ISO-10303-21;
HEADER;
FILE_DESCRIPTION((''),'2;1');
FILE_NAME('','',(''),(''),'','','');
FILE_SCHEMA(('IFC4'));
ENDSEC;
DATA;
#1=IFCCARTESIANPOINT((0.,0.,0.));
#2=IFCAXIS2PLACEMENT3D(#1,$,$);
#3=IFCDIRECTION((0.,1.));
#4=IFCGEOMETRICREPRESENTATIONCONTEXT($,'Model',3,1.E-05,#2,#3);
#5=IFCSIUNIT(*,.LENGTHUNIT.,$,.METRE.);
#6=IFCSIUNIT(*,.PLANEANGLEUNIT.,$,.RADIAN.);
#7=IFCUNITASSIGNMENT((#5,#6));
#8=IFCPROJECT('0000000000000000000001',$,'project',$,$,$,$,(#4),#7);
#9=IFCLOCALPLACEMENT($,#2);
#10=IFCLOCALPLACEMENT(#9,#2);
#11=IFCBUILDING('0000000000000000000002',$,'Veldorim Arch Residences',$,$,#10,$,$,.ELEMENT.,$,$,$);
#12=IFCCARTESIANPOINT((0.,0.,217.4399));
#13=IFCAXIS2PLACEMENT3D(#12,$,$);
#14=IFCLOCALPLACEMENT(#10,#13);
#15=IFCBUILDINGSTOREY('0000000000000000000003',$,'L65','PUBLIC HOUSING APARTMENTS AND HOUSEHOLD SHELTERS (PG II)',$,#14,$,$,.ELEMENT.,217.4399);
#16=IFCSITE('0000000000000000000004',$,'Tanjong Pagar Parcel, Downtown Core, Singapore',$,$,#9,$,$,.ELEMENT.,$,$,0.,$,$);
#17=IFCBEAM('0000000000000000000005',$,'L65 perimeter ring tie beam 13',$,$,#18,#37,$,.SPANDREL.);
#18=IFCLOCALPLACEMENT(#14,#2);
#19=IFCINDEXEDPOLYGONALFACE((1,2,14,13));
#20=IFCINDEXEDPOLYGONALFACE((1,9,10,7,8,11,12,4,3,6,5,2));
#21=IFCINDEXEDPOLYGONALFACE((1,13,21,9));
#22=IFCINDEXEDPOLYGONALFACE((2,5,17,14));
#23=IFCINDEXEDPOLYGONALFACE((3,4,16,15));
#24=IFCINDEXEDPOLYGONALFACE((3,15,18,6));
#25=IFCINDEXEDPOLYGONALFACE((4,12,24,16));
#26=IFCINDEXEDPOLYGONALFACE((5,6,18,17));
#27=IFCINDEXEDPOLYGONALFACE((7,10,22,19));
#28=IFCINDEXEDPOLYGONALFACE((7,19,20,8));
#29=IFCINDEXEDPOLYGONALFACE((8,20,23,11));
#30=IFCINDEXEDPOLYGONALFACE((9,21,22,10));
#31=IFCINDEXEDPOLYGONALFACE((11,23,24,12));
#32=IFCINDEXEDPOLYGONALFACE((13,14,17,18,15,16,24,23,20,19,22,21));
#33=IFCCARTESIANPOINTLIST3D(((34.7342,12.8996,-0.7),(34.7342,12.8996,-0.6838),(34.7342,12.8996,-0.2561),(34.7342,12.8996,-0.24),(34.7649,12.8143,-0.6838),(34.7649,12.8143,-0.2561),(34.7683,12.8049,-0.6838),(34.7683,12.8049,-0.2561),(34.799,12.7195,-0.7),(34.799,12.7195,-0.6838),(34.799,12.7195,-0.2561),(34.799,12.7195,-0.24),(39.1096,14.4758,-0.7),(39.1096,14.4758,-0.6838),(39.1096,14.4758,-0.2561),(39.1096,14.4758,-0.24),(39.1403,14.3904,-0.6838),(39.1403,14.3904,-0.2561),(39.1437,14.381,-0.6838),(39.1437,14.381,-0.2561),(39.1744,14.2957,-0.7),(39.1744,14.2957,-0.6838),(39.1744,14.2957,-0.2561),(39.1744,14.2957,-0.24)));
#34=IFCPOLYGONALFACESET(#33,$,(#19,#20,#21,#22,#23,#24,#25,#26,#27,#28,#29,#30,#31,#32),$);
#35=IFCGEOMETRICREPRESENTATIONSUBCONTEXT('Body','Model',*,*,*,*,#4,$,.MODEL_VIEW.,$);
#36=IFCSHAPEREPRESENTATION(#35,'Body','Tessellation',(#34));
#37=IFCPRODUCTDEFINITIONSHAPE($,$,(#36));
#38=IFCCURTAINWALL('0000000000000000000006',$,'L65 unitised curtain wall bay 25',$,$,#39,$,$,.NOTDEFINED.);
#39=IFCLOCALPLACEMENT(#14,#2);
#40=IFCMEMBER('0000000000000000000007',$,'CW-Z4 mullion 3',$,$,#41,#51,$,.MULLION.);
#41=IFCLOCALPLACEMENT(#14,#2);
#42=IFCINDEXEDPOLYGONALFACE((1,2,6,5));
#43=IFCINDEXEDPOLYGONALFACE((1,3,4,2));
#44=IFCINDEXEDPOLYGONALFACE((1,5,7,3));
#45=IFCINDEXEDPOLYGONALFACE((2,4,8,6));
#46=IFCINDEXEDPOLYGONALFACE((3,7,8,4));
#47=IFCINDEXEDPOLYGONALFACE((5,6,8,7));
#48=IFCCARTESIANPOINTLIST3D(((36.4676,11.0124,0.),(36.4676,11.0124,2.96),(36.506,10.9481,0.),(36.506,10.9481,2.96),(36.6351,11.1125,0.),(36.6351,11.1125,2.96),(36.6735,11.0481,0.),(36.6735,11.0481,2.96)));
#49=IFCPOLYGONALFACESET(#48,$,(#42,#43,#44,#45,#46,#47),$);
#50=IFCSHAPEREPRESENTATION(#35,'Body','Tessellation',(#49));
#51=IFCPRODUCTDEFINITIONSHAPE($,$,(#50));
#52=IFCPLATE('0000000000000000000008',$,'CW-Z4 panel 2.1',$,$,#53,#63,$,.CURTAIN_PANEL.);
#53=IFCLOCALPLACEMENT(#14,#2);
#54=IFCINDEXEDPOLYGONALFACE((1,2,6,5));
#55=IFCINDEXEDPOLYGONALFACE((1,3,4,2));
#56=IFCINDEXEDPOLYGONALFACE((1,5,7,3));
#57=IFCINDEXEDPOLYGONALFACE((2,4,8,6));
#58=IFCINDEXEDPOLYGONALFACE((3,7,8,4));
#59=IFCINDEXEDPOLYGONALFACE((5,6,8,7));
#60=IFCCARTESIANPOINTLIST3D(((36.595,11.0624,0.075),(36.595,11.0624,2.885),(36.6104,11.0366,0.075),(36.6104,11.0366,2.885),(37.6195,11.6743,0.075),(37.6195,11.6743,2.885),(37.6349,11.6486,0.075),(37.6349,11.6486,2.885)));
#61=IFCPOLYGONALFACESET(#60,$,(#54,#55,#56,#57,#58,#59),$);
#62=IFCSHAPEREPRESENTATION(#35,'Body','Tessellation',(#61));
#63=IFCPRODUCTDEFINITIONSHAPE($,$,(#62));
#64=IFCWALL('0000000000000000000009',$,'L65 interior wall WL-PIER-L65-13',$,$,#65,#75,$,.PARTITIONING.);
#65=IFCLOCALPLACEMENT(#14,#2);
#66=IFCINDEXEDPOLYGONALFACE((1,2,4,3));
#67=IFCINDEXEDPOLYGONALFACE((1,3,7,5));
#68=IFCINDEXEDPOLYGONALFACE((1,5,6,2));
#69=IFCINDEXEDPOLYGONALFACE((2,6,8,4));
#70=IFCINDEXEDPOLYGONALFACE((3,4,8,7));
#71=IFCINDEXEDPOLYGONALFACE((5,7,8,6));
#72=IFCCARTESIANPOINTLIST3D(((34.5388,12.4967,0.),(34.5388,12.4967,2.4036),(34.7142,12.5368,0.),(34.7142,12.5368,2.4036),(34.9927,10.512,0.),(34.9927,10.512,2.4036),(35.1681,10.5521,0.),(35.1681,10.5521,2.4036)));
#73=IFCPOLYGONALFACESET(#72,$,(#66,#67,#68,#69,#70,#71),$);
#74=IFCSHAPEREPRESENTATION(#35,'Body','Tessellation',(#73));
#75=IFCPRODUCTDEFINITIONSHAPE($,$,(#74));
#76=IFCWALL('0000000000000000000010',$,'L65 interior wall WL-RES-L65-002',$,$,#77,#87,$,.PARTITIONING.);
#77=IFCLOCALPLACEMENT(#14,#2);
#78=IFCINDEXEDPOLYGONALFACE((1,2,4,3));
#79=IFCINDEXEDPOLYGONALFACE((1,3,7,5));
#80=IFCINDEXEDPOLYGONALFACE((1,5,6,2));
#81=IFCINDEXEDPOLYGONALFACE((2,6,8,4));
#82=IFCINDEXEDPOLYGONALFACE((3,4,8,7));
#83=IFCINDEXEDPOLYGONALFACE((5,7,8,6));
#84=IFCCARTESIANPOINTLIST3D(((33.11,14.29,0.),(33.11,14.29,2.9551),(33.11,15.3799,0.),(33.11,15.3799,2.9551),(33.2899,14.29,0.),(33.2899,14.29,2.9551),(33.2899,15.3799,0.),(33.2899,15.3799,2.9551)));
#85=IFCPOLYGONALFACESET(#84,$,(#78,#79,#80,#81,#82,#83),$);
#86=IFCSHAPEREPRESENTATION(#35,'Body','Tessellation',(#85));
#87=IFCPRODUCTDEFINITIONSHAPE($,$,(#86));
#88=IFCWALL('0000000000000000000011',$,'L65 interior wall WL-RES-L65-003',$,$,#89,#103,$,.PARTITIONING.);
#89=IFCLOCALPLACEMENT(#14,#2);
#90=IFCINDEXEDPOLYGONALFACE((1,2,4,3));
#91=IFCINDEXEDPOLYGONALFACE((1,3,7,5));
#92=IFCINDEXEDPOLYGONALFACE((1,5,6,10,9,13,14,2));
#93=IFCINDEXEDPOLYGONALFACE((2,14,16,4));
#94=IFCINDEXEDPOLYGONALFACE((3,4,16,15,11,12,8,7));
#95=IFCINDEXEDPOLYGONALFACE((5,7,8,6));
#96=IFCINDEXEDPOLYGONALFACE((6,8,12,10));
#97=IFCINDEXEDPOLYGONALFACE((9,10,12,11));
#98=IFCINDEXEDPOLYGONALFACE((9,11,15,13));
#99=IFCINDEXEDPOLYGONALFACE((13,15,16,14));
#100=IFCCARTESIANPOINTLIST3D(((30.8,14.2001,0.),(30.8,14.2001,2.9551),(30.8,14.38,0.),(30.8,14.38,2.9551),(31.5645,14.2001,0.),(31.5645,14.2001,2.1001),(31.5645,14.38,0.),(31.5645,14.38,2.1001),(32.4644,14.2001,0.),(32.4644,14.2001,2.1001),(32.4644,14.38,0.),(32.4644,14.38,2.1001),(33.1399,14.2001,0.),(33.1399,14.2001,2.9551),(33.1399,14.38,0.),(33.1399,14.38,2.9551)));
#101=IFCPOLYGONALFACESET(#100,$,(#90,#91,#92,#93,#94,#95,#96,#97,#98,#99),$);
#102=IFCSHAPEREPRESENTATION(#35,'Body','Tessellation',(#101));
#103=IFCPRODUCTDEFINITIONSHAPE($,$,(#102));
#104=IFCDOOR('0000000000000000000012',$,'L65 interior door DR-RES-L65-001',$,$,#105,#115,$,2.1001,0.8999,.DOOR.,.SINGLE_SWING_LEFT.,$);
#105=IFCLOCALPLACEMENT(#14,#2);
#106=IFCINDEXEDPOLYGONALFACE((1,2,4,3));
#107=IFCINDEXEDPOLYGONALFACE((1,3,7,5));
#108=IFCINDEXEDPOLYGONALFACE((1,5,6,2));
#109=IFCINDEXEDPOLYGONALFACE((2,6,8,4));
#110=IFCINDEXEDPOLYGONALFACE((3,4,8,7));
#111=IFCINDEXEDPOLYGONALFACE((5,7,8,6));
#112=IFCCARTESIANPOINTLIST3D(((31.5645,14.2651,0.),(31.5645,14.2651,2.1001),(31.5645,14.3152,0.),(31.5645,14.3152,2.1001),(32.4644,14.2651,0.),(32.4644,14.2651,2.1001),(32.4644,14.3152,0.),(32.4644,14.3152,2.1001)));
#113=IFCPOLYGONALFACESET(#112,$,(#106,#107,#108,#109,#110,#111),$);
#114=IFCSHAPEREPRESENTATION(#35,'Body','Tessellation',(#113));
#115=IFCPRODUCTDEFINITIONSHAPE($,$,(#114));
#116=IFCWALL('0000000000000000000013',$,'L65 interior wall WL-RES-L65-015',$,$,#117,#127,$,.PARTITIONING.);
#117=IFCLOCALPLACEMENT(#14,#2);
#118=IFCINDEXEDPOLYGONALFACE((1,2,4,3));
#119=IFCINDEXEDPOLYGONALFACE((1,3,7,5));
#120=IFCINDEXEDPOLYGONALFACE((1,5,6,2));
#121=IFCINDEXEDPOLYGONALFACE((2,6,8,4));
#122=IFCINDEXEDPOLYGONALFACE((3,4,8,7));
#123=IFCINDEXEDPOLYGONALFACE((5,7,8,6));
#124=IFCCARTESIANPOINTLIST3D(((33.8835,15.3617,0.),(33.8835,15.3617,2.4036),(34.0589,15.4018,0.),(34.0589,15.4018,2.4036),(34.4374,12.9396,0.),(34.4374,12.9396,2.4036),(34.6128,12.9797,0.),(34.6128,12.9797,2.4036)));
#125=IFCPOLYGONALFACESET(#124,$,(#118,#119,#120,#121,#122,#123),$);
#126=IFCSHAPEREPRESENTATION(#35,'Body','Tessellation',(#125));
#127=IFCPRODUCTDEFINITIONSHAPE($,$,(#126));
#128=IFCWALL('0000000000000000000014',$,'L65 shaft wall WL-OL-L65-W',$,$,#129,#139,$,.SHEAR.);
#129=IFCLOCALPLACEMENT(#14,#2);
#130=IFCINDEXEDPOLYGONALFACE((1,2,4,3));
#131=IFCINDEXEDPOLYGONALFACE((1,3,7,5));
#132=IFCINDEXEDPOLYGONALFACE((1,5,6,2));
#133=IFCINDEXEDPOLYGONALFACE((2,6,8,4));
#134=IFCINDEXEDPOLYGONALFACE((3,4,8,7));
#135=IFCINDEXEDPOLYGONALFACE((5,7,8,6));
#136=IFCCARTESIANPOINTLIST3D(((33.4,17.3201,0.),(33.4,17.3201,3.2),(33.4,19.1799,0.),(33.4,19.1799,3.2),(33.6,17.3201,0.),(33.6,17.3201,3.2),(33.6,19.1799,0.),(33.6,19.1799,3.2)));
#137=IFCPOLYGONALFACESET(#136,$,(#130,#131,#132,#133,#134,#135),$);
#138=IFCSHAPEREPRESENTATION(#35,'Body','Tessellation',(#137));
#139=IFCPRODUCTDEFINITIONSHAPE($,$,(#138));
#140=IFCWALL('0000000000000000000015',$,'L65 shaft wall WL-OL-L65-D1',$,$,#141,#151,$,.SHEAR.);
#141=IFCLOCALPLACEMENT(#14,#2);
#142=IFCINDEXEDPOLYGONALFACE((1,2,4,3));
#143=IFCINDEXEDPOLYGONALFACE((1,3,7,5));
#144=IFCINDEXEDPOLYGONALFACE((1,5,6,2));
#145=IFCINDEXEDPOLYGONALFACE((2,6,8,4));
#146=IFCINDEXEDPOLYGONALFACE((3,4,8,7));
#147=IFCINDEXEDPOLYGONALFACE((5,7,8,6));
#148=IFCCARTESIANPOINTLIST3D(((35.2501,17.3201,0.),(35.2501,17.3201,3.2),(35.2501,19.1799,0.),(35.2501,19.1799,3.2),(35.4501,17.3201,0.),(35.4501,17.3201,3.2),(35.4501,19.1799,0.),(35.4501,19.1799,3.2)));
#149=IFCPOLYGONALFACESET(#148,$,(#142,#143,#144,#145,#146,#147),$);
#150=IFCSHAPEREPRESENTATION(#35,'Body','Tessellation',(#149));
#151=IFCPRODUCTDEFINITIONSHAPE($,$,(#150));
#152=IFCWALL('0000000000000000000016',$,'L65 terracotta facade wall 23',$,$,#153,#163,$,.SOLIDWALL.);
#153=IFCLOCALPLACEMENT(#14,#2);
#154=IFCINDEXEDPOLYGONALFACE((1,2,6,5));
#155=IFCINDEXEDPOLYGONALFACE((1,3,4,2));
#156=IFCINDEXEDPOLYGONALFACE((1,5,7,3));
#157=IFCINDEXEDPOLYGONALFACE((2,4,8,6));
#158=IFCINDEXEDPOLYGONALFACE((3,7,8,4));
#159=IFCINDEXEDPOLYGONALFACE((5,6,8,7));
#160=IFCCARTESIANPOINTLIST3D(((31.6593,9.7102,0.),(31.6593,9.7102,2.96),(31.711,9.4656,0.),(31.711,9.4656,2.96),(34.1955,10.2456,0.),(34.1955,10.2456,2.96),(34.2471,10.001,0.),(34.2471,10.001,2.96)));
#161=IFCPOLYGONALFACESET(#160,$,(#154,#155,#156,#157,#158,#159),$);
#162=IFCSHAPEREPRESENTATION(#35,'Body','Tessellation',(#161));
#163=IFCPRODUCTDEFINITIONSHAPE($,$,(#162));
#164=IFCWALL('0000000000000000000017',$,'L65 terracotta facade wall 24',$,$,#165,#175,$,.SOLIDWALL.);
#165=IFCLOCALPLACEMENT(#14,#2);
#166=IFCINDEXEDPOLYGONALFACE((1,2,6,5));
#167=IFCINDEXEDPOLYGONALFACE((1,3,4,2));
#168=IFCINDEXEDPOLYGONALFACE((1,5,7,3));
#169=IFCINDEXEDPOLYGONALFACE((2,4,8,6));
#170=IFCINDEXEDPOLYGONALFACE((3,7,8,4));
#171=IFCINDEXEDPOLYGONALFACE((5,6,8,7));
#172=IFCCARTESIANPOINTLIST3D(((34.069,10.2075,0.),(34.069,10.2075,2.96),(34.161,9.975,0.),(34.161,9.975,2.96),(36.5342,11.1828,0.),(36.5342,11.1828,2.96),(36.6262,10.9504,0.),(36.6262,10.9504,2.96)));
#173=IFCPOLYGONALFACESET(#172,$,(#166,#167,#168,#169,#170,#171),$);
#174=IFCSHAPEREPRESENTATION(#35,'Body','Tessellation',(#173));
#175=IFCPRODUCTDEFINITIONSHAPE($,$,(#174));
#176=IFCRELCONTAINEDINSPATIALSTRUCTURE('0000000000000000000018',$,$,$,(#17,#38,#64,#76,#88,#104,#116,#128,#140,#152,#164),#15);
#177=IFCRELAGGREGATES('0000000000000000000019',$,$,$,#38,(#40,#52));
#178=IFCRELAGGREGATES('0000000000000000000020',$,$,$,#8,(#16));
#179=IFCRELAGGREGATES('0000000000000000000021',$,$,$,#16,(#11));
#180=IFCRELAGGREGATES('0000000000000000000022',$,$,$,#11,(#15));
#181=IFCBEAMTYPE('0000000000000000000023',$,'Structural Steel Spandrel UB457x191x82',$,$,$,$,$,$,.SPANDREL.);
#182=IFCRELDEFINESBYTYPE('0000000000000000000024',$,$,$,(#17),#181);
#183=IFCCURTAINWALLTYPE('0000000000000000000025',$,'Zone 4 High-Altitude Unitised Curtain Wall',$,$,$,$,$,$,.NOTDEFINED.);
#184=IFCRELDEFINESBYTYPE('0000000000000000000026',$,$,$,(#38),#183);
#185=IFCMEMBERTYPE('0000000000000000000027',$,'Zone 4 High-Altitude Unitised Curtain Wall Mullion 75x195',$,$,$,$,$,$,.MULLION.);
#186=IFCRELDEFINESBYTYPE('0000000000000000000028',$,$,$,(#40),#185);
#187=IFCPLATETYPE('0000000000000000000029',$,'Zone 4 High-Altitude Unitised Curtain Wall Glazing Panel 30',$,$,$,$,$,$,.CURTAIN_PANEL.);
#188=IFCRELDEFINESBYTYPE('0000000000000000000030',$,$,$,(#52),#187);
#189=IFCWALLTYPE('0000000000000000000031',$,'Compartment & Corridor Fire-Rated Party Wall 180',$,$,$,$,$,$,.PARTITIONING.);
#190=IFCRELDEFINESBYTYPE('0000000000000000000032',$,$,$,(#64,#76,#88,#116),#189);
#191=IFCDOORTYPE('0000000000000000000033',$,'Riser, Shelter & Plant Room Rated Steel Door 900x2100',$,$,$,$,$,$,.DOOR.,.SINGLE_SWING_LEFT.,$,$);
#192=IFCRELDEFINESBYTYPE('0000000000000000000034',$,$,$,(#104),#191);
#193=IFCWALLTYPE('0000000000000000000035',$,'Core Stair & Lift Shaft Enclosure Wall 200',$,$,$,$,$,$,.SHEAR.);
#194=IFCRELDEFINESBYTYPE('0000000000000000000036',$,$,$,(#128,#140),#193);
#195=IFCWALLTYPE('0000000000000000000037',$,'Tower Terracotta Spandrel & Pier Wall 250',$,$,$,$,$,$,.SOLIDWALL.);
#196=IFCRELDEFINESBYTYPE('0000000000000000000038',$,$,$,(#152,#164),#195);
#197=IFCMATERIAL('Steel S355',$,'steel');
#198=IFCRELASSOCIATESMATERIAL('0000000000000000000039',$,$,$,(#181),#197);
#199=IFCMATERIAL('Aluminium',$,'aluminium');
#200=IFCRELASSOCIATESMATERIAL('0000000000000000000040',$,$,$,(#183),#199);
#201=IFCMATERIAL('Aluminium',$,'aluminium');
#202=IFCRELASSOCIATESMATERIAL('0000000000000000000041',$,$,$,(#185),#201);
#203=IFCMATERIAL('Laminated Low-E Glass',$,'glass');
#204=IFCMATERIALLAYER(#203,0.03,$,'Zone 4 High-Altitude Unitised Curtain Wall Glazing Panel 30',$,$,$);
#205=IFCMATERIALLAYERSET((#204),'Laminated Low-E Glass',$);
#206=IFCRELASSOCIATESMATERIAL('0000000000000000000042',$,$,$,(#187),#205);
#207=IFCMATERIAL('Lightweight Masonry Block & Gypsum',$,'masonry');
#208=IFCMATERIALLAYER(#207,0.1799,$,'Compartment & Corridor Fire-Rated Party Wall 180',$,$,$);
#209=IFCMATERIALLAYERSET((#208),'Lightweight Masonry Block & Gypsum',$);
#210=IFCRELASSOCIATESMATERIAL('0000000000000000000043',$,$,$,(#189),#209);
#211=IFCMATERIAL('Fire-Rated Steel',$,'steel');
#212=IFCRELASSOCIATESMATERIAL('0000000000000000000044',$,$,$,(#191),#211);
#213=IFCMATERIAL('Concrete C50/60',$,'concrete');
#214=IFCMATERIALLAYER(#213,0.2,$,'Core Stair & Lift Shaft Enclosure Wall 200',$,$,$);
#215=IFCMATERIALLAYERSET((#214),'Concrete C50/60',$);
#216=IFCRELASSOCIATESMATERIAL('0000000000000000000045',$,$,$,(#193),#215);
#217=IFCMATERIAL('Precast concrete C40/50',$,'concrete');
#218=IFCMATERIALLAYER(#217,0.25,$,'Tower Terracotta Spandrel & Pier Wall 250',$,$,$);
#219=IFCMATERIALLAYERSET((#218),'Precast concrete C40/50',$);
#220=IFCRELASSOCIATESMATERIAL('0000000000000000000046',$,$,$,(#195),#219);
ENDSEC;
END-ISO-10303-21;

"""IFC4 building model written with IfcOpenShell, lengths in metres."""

from ifc_helpers import new_model, si_unit, direction, frame, frame_2d, origin, origin_2d, place, context, subcontext, project, spatial, rectangle, i_section, extrude, material, layer, layer_set, material_profile, profile_set, type_object, element, fill, aggregate, save


model = new_model("IFC4")

# Units and contexts
model_context = context("Model", 3, precision=1e-05, world=origin(), true_north=direction((0.0, 1.0)))
body_context = subcontext(model_context, "Body", "Model", "MODEL_VIEW")
ifc_project = project(units=[si_unit("LENGTHUNIT", "METRE"), si_unit("PLANEANGLEUNIT", "RADIAN")], contexts=[model_context])

# Site, building, storey
site_placement = place(None, origin())
site = spatial("IfcSite", under=ifc_project, at=site_placement, Name="Tanjong Pagar Parcel, Downtown Core, Singapore", CompositionType="ELEMENT", RefElevation=0.0)
building_placement = place(site_placement, origin())
building = spatial("IfcBuilding", under=site, at=building_placement, Name="Veldorim Arch Residences", CompositionType="ELEMENT")
storey_placement = place(building_placement, frame((0.0, 0.0, 217.4399)))
storey = spatial("IfcBuildingStorey", under=building, at=storey_placement, Name="L65", Description="PUBLIC HOUSING APARTMENTS AND HOUSEHOLD SHELTERS (PG II)", CompositionType="ELEMENT", Elevation=217.4399)

# Beam
ifc_material_1 = material(Name="Steel S355", Category="steel")
ifc_material_profile_1 = material_profile(ifc_material_1, i_section(OverallWidth=0.1914, OverallDepth=0.46, WebThickness=0.01, FlangeThickness=0.0161, at=origin_2d()), Name="UB457x191x82")
ifc_profile_set_1 = profile_set([ifc_material_profile_1], Name="Steel S355")
beam_type_1 = type_object("IfcBeamType", Name="Structural Steel Spandrel UB457x191x82", PredefinedType="SPANDREL", material=ifc_profile_set_1)
beam_1_placement = place(storey_placement, frame((34.7666, 12.8096, -0.47), z_axis=(0.940819, 0.338909, 0.0), x_axis=(-0.338909, 0.940819, 0.0)))
element("IfcBeam", 1, at=beam_1_placement, inside=storey, type_object=beam_type_1, Name="L65 perimeter ring tie beam 13", PredefinedType="SPANDREL", context=body_context, shape_type="SweptSolid", body=[
    extrude(i_section(OverallWidth=0.1914, OverallDepth=0.46, WebThickness=0.01, FlangeThickness=0.0161, at=origin_2d()), origin(), (0.0, 0.0, 1.0), 4.6506),
])

# Curtain wall, member, plate
ifc_material_2 = material(Name="Aluminium", Category="aluminium")
curtain_wall_type = type_object("IfcCurtainWallType", Name="Zone 4 High-Altitude Unitised Curtain Wall", PredefinedType="NOTDEFINED", material=ifc_material_2)
curtain_wall_placement = place(storey_placement, origin())
curtain_wall = element("IfcCurtainWall", 2, at=curtain_wall_placement, inside=storey, type_object=curtain_wall_type, Name="L65 unitised curtain wall bay 25", PredefinedType="NOTDEFINED")
ifc_material_3 = material(Name="Aluminium", Category="aluminium")
ifc_material_profile_2 = material_profile(ifc_material_3, rectangle(XDim=0.075, YDim=0.1951, at=origin_2d()), Name="ALU_MUL_75x195")
ifc_profile_set_2 = profile_set([ifc_material_profile_2], Name="Aluminium")
member_type = type_object("IfcMemberType", Name="Zone 4 High-Altitude Unitised Curtain Wall Mullion 75x195", PredefinedType="MULLION", material=ifc_profile_set_2)
member_placement = place(storey_placement, frame((36.5706, 11.0303, 0.0), z_axis=(0.0, 0.0, 1.0), x_axis=(0.512817, -0.858498, 0.0)))
member = element("IfcMember", 3, at=member_placement, type_object=member_type, Name="CW-Z4 mullion 3", PredefinedType="MULLION", context=body_context, shape_type="SweptSolid", body=[
    extrude(rectangle(XDim=0.075, YDim=0.1951, at=origin_2d()), origin(), (0.0, 0.0, 1.0), 2.96),
])
ifc_material_4 = material(Name="Laminated Low-E Glass", Category="glass")
ifc_layer_1 = layer(ifc_material_4, 0.03, Name="Zone 4 High-Altitude Unitised Curtain Wall Glazing Panel 30")
ifc_layer_set_1 = layer_set([ifc_layer_1], Name="Laminated Low-E Glass")
plate_type = type_object("IfcPlateType", Name="Zone 4 High-Altitude Unitised Curtain Wall Glazing Panel 30", PredefinedType="CURTAIN_PANEL", material=ifc_layer_set_1)
plate_placement = place(storey_placement, frame((37.115, 11.3555, 0.075), z_axis=(0.0, 0.0, 1.0), x_axis=(-0.858498, -0.512817, 0.0)))
plate = element("IfcPlate", 4, at=plate_placement, type_object=plate_type, Name="CW-Z4 panel 2.1", PredefinedType="CURTAIN_PANEL", context=body_context, shape_type="SweptSolid", body=[
    extrude(rectangle(XDim=1.1934, YDim=0.03, at=origin_2d()), origin(), (0.0, 0.0, 1.0), 2.8101),
])
aggregate(curtain_wall, [member, plate])

# Walls
ifc_material_5 = material(Name="Lightweight Masonry Block & Gypsum", Category="masonry")
ifc_layer_2 = layer(ifc_material_5, 0.1799, Name="Compartment & Corridor Fire-Rated Party Wall 180")
ifc_layer_set_2 = layer_set([ifc_layer_2], Name="Lightweight Masonry Block & Gypsum")
wall_type_1 = type_object("IfcWallType", Name="Compartment & Corridor Fire-Rated Party Wall 180", PredefinedType="PARTITIONING", material=ifc_layer_set_2)
wall_1_placement = place(storey_placement, frame((34.6265, 12.5168, 0.0), z_axis=(0.0, 0.0, 1.0), x_axis=(0.222932, -0.974834, 0.0)))
element("IfcWall", 5, at=wall_1_placement, inside=storey, type_object=wall_type_1, Name="L65 interior wall WL-PIER-L65-13", PredefinedType="PARTITIONING", context=body_context, shape_type="SweptSolid", body=[
    extrude(rectangle(XDim=2.0359, YDim=0.1799, at=frame_2d((1.0181, 0.0))), origin(), (0.0, 0.0, 1.0), 2.4036),
])
wall_2_placement = place(storey_placement, frame((33.2, 15.3799, 0.0), z_axis=(0.0, 0.0, 1.0), x_axis=(0.0, -1.0, 0.0)))
element("IfcWall", 6, at=wall_2_placement, inside=storey, type_object=wall_type_1, Name="L65 interior wall WL-RES-L65-002", PredefinedType="PARTITIONING", context=body_context, shape_type="SweptSolid", body=[
    extrude(rectangle(XDim=1.0898, YDim=0.1799, at=frame_2d((0.5449, 0.0))), origin(), (0.0, 0.0, 1.0), 2.9551),
])

# Wall, opening, door
wall_3_placement = place(storey_placement, frame((33.1399, 14.29, 0.0), z_axis=(0.0, 0.0, 1.0), x_axis=(-1.0, 0.0, 0.0)))
wall_3 = element("IfcWall", 7, at=wall_3_placement, inside=storey, type_object=wall_type_1, Name="L65 interior wall WL-RES-L65-003", PredefinedType="PARTITIONING", context=body_context, shape_type="SweptSolid", body=[
    extrude(rectangle(XDim=2.3398, YDim=0.1799, at=frame_2d((1.1699, 0.0))), origin(), (0.0, 0.0, 1.0), 2.9551),
])
opening_placement = place(wall_3_placement, frame((0.6755, 0.0, 0.0)))
opening = element("IfcOpeningElement", 8, at=opening_placement, cuts=wall_3, PredefinedType="OPENING", context=body_context, shape_type="SweptSolid", body=[
    extrude(rectangle(XDim=0.8999, YDim=2.1001, at=frame_2d((0.45, 1.05))), frame((0.0, 0.0999, 0.0), z_axis=(0.0, -1.0, 0.0), x_axis=(1.0, 0.0, 0.0)), (0.0, 0.0, 1.0), 0.2),
])
ifc_material_6 = material(Name="Fire-Rated Steel", Category="steel")
door_type = type_object("IfcDoorType", Name="Riser, Shelter & Plant Room Rated Steel Door 900x2100", OperationType="SINGLE_SWING_LEFT", PredefinedType="DOOR", material=ifc_material_6)
door_placement = place(opening_placement, origin())
door = element("IfcDoor", 9, at=door_placement, inside=storey, type_object=door_type, Name="L65 interior door DR-RES-L65-001", OperationType="SINGLE_SWING_LEFT", OverallHeight=2.1001, OverallWidth=0.8999, PredefinedType="DOOR", context=body_context, shape_type="SweptSolid", body=[
    extrude(rectangle(XDim=0.8999, YDim=2.1001, at=frame_2d((0.45, 1.05))), frame((0.0, 0.0249, 0.0), z_axis=(0.0, -1.0, 0.0), x_axis=(1.0, 0.0, 0.0)), (0.0, 0.0, 1.0), 0.05),
])
fill(opening, door)

# Walls
wall_4_placement = place(storey_placement, frame((33.9712, 15.3816, 0.0), z_axis=(0.0, 0.0, 1.0), x_axis=(0.22295, -0.97483, 0.0)))
element("IfcWall", 10, at=wall_4_placement, inside=storey, type_object=wall_type_1, Name="L65 interior wall WL-RES-L65-015", PredefinedType="PARTITIONING", context=body_context, shape_type="SweptSolid", body=[
    extrude(rectangle(XDim=2.4846, YDim=0.1799, at=frame_2d((1.2422, 0.0))), origin(), (0.0, 0.0, 1.0), 2.4036),
])
ifc_material_7 = material(Name="Concrete C50/60", Category="concrete")
ifc_layer_3 = layer(ifc_material_7, 0.2, Name="Core Stair & Lift Shaft Enclosure Wall 200")
ifc_layer_set_3 = layer_set([ifc_layer_3], Name="Concrete C50/60")
wall_type_2 = type_object("IfcWallType", Name="Core Stair & Lift Shaft Enclosure Wall 200", PredefinedType="SHEAR", material=ifc_layer_set_3)
for number, where, z_axis, x_axis, name in (
    (11, (33.5, 17.3201, 0.0), (0.0, 0.0, 1.0), (0.0, 1.0, 0.0), "L65 shaft wall WL-OL-L65-W"),
    (12, (35.3501, 17.3201, 0.0), (0.0, 0.0, 1.0), (0.0, 1.0, 0.0), "L65 shaft wall WL-OL-L65-D1"),
):
    element("IfcWall", number, at=place(storey_placement, frame(where, z_axis=z_axis, x_axis=x_axis)), inside=storey, type_object=wall_type_2, Name=name, PredefinedType="SHEAR", context=body_context, shape_type="SweptSolid", body=[
        extrude(rectangle(XDim=1.8599, YDim=0.2, at=frame_2d((0.9299, 0.0))), origin(), (0.0, 0.0, 1.0), 3.2),
    ])
ifc_material_8 = material(Name="Precast concrete C40/50", Category="concrete")
ifc_layer_4 = layer(ifc_material_8, 0.25, Name="Tower Terracotta Spandrel & Pier Wall 250")
ifc_layer_set_4 = layer_set([ifc_layer_4], Name="Precast concrete C40/50")
wall_type_3 = type_object("IfcWallType", Name="Tower Terracotta Spandrel & Pier Wall 250", PredefinedType="SOLIDWALL", material=ifc_layer_set_4)
wall_5_placement = place(storey_placement, frame((34.2212, 10.1233, 0.0), z_axis=(0.0, 0.0, 1.0), x_axis=(-0.978435, -0.206556, 0.0)))
element("IfcWall", 13, at=wall_5_placement, inside=storey, type_object=wall_type_3, Name="L65 terracotta facade wall 23", PredefinedType="SOLIDWALL", context=body_context, shape_type="SweptSolid", body=[
    extrude(rectangle(XDim=2.592, YDim=0.25, at=frame_2d((1.2959, 0.0))), origin(), (0.0, 0.0, 1.0), 2.96),
])
wall_6_placement = place(storey_placement, frame((36.5803, 11.0667, 0.0), z_axis=(0.0, 0.0, 1.0), x_axis=(-0.929861, -0.367911, 0.0)))
element("IfcWall", 14, at=wall_6_placement, inside=storey, type_object=wall_type_3, Name="L65 terracotta facade wall 24", PredefinedType="SOLIDWALL", context=body_context, shape_type="SweptSolid", body=[
    extrude(rectangle(XDim=2.6511, YDim=0.25, at=frame_2d((1.3257, 0.0))), origin(), (0.0, 0.0, 1.0), 2.96),
])

save(model, "model.ifc")
